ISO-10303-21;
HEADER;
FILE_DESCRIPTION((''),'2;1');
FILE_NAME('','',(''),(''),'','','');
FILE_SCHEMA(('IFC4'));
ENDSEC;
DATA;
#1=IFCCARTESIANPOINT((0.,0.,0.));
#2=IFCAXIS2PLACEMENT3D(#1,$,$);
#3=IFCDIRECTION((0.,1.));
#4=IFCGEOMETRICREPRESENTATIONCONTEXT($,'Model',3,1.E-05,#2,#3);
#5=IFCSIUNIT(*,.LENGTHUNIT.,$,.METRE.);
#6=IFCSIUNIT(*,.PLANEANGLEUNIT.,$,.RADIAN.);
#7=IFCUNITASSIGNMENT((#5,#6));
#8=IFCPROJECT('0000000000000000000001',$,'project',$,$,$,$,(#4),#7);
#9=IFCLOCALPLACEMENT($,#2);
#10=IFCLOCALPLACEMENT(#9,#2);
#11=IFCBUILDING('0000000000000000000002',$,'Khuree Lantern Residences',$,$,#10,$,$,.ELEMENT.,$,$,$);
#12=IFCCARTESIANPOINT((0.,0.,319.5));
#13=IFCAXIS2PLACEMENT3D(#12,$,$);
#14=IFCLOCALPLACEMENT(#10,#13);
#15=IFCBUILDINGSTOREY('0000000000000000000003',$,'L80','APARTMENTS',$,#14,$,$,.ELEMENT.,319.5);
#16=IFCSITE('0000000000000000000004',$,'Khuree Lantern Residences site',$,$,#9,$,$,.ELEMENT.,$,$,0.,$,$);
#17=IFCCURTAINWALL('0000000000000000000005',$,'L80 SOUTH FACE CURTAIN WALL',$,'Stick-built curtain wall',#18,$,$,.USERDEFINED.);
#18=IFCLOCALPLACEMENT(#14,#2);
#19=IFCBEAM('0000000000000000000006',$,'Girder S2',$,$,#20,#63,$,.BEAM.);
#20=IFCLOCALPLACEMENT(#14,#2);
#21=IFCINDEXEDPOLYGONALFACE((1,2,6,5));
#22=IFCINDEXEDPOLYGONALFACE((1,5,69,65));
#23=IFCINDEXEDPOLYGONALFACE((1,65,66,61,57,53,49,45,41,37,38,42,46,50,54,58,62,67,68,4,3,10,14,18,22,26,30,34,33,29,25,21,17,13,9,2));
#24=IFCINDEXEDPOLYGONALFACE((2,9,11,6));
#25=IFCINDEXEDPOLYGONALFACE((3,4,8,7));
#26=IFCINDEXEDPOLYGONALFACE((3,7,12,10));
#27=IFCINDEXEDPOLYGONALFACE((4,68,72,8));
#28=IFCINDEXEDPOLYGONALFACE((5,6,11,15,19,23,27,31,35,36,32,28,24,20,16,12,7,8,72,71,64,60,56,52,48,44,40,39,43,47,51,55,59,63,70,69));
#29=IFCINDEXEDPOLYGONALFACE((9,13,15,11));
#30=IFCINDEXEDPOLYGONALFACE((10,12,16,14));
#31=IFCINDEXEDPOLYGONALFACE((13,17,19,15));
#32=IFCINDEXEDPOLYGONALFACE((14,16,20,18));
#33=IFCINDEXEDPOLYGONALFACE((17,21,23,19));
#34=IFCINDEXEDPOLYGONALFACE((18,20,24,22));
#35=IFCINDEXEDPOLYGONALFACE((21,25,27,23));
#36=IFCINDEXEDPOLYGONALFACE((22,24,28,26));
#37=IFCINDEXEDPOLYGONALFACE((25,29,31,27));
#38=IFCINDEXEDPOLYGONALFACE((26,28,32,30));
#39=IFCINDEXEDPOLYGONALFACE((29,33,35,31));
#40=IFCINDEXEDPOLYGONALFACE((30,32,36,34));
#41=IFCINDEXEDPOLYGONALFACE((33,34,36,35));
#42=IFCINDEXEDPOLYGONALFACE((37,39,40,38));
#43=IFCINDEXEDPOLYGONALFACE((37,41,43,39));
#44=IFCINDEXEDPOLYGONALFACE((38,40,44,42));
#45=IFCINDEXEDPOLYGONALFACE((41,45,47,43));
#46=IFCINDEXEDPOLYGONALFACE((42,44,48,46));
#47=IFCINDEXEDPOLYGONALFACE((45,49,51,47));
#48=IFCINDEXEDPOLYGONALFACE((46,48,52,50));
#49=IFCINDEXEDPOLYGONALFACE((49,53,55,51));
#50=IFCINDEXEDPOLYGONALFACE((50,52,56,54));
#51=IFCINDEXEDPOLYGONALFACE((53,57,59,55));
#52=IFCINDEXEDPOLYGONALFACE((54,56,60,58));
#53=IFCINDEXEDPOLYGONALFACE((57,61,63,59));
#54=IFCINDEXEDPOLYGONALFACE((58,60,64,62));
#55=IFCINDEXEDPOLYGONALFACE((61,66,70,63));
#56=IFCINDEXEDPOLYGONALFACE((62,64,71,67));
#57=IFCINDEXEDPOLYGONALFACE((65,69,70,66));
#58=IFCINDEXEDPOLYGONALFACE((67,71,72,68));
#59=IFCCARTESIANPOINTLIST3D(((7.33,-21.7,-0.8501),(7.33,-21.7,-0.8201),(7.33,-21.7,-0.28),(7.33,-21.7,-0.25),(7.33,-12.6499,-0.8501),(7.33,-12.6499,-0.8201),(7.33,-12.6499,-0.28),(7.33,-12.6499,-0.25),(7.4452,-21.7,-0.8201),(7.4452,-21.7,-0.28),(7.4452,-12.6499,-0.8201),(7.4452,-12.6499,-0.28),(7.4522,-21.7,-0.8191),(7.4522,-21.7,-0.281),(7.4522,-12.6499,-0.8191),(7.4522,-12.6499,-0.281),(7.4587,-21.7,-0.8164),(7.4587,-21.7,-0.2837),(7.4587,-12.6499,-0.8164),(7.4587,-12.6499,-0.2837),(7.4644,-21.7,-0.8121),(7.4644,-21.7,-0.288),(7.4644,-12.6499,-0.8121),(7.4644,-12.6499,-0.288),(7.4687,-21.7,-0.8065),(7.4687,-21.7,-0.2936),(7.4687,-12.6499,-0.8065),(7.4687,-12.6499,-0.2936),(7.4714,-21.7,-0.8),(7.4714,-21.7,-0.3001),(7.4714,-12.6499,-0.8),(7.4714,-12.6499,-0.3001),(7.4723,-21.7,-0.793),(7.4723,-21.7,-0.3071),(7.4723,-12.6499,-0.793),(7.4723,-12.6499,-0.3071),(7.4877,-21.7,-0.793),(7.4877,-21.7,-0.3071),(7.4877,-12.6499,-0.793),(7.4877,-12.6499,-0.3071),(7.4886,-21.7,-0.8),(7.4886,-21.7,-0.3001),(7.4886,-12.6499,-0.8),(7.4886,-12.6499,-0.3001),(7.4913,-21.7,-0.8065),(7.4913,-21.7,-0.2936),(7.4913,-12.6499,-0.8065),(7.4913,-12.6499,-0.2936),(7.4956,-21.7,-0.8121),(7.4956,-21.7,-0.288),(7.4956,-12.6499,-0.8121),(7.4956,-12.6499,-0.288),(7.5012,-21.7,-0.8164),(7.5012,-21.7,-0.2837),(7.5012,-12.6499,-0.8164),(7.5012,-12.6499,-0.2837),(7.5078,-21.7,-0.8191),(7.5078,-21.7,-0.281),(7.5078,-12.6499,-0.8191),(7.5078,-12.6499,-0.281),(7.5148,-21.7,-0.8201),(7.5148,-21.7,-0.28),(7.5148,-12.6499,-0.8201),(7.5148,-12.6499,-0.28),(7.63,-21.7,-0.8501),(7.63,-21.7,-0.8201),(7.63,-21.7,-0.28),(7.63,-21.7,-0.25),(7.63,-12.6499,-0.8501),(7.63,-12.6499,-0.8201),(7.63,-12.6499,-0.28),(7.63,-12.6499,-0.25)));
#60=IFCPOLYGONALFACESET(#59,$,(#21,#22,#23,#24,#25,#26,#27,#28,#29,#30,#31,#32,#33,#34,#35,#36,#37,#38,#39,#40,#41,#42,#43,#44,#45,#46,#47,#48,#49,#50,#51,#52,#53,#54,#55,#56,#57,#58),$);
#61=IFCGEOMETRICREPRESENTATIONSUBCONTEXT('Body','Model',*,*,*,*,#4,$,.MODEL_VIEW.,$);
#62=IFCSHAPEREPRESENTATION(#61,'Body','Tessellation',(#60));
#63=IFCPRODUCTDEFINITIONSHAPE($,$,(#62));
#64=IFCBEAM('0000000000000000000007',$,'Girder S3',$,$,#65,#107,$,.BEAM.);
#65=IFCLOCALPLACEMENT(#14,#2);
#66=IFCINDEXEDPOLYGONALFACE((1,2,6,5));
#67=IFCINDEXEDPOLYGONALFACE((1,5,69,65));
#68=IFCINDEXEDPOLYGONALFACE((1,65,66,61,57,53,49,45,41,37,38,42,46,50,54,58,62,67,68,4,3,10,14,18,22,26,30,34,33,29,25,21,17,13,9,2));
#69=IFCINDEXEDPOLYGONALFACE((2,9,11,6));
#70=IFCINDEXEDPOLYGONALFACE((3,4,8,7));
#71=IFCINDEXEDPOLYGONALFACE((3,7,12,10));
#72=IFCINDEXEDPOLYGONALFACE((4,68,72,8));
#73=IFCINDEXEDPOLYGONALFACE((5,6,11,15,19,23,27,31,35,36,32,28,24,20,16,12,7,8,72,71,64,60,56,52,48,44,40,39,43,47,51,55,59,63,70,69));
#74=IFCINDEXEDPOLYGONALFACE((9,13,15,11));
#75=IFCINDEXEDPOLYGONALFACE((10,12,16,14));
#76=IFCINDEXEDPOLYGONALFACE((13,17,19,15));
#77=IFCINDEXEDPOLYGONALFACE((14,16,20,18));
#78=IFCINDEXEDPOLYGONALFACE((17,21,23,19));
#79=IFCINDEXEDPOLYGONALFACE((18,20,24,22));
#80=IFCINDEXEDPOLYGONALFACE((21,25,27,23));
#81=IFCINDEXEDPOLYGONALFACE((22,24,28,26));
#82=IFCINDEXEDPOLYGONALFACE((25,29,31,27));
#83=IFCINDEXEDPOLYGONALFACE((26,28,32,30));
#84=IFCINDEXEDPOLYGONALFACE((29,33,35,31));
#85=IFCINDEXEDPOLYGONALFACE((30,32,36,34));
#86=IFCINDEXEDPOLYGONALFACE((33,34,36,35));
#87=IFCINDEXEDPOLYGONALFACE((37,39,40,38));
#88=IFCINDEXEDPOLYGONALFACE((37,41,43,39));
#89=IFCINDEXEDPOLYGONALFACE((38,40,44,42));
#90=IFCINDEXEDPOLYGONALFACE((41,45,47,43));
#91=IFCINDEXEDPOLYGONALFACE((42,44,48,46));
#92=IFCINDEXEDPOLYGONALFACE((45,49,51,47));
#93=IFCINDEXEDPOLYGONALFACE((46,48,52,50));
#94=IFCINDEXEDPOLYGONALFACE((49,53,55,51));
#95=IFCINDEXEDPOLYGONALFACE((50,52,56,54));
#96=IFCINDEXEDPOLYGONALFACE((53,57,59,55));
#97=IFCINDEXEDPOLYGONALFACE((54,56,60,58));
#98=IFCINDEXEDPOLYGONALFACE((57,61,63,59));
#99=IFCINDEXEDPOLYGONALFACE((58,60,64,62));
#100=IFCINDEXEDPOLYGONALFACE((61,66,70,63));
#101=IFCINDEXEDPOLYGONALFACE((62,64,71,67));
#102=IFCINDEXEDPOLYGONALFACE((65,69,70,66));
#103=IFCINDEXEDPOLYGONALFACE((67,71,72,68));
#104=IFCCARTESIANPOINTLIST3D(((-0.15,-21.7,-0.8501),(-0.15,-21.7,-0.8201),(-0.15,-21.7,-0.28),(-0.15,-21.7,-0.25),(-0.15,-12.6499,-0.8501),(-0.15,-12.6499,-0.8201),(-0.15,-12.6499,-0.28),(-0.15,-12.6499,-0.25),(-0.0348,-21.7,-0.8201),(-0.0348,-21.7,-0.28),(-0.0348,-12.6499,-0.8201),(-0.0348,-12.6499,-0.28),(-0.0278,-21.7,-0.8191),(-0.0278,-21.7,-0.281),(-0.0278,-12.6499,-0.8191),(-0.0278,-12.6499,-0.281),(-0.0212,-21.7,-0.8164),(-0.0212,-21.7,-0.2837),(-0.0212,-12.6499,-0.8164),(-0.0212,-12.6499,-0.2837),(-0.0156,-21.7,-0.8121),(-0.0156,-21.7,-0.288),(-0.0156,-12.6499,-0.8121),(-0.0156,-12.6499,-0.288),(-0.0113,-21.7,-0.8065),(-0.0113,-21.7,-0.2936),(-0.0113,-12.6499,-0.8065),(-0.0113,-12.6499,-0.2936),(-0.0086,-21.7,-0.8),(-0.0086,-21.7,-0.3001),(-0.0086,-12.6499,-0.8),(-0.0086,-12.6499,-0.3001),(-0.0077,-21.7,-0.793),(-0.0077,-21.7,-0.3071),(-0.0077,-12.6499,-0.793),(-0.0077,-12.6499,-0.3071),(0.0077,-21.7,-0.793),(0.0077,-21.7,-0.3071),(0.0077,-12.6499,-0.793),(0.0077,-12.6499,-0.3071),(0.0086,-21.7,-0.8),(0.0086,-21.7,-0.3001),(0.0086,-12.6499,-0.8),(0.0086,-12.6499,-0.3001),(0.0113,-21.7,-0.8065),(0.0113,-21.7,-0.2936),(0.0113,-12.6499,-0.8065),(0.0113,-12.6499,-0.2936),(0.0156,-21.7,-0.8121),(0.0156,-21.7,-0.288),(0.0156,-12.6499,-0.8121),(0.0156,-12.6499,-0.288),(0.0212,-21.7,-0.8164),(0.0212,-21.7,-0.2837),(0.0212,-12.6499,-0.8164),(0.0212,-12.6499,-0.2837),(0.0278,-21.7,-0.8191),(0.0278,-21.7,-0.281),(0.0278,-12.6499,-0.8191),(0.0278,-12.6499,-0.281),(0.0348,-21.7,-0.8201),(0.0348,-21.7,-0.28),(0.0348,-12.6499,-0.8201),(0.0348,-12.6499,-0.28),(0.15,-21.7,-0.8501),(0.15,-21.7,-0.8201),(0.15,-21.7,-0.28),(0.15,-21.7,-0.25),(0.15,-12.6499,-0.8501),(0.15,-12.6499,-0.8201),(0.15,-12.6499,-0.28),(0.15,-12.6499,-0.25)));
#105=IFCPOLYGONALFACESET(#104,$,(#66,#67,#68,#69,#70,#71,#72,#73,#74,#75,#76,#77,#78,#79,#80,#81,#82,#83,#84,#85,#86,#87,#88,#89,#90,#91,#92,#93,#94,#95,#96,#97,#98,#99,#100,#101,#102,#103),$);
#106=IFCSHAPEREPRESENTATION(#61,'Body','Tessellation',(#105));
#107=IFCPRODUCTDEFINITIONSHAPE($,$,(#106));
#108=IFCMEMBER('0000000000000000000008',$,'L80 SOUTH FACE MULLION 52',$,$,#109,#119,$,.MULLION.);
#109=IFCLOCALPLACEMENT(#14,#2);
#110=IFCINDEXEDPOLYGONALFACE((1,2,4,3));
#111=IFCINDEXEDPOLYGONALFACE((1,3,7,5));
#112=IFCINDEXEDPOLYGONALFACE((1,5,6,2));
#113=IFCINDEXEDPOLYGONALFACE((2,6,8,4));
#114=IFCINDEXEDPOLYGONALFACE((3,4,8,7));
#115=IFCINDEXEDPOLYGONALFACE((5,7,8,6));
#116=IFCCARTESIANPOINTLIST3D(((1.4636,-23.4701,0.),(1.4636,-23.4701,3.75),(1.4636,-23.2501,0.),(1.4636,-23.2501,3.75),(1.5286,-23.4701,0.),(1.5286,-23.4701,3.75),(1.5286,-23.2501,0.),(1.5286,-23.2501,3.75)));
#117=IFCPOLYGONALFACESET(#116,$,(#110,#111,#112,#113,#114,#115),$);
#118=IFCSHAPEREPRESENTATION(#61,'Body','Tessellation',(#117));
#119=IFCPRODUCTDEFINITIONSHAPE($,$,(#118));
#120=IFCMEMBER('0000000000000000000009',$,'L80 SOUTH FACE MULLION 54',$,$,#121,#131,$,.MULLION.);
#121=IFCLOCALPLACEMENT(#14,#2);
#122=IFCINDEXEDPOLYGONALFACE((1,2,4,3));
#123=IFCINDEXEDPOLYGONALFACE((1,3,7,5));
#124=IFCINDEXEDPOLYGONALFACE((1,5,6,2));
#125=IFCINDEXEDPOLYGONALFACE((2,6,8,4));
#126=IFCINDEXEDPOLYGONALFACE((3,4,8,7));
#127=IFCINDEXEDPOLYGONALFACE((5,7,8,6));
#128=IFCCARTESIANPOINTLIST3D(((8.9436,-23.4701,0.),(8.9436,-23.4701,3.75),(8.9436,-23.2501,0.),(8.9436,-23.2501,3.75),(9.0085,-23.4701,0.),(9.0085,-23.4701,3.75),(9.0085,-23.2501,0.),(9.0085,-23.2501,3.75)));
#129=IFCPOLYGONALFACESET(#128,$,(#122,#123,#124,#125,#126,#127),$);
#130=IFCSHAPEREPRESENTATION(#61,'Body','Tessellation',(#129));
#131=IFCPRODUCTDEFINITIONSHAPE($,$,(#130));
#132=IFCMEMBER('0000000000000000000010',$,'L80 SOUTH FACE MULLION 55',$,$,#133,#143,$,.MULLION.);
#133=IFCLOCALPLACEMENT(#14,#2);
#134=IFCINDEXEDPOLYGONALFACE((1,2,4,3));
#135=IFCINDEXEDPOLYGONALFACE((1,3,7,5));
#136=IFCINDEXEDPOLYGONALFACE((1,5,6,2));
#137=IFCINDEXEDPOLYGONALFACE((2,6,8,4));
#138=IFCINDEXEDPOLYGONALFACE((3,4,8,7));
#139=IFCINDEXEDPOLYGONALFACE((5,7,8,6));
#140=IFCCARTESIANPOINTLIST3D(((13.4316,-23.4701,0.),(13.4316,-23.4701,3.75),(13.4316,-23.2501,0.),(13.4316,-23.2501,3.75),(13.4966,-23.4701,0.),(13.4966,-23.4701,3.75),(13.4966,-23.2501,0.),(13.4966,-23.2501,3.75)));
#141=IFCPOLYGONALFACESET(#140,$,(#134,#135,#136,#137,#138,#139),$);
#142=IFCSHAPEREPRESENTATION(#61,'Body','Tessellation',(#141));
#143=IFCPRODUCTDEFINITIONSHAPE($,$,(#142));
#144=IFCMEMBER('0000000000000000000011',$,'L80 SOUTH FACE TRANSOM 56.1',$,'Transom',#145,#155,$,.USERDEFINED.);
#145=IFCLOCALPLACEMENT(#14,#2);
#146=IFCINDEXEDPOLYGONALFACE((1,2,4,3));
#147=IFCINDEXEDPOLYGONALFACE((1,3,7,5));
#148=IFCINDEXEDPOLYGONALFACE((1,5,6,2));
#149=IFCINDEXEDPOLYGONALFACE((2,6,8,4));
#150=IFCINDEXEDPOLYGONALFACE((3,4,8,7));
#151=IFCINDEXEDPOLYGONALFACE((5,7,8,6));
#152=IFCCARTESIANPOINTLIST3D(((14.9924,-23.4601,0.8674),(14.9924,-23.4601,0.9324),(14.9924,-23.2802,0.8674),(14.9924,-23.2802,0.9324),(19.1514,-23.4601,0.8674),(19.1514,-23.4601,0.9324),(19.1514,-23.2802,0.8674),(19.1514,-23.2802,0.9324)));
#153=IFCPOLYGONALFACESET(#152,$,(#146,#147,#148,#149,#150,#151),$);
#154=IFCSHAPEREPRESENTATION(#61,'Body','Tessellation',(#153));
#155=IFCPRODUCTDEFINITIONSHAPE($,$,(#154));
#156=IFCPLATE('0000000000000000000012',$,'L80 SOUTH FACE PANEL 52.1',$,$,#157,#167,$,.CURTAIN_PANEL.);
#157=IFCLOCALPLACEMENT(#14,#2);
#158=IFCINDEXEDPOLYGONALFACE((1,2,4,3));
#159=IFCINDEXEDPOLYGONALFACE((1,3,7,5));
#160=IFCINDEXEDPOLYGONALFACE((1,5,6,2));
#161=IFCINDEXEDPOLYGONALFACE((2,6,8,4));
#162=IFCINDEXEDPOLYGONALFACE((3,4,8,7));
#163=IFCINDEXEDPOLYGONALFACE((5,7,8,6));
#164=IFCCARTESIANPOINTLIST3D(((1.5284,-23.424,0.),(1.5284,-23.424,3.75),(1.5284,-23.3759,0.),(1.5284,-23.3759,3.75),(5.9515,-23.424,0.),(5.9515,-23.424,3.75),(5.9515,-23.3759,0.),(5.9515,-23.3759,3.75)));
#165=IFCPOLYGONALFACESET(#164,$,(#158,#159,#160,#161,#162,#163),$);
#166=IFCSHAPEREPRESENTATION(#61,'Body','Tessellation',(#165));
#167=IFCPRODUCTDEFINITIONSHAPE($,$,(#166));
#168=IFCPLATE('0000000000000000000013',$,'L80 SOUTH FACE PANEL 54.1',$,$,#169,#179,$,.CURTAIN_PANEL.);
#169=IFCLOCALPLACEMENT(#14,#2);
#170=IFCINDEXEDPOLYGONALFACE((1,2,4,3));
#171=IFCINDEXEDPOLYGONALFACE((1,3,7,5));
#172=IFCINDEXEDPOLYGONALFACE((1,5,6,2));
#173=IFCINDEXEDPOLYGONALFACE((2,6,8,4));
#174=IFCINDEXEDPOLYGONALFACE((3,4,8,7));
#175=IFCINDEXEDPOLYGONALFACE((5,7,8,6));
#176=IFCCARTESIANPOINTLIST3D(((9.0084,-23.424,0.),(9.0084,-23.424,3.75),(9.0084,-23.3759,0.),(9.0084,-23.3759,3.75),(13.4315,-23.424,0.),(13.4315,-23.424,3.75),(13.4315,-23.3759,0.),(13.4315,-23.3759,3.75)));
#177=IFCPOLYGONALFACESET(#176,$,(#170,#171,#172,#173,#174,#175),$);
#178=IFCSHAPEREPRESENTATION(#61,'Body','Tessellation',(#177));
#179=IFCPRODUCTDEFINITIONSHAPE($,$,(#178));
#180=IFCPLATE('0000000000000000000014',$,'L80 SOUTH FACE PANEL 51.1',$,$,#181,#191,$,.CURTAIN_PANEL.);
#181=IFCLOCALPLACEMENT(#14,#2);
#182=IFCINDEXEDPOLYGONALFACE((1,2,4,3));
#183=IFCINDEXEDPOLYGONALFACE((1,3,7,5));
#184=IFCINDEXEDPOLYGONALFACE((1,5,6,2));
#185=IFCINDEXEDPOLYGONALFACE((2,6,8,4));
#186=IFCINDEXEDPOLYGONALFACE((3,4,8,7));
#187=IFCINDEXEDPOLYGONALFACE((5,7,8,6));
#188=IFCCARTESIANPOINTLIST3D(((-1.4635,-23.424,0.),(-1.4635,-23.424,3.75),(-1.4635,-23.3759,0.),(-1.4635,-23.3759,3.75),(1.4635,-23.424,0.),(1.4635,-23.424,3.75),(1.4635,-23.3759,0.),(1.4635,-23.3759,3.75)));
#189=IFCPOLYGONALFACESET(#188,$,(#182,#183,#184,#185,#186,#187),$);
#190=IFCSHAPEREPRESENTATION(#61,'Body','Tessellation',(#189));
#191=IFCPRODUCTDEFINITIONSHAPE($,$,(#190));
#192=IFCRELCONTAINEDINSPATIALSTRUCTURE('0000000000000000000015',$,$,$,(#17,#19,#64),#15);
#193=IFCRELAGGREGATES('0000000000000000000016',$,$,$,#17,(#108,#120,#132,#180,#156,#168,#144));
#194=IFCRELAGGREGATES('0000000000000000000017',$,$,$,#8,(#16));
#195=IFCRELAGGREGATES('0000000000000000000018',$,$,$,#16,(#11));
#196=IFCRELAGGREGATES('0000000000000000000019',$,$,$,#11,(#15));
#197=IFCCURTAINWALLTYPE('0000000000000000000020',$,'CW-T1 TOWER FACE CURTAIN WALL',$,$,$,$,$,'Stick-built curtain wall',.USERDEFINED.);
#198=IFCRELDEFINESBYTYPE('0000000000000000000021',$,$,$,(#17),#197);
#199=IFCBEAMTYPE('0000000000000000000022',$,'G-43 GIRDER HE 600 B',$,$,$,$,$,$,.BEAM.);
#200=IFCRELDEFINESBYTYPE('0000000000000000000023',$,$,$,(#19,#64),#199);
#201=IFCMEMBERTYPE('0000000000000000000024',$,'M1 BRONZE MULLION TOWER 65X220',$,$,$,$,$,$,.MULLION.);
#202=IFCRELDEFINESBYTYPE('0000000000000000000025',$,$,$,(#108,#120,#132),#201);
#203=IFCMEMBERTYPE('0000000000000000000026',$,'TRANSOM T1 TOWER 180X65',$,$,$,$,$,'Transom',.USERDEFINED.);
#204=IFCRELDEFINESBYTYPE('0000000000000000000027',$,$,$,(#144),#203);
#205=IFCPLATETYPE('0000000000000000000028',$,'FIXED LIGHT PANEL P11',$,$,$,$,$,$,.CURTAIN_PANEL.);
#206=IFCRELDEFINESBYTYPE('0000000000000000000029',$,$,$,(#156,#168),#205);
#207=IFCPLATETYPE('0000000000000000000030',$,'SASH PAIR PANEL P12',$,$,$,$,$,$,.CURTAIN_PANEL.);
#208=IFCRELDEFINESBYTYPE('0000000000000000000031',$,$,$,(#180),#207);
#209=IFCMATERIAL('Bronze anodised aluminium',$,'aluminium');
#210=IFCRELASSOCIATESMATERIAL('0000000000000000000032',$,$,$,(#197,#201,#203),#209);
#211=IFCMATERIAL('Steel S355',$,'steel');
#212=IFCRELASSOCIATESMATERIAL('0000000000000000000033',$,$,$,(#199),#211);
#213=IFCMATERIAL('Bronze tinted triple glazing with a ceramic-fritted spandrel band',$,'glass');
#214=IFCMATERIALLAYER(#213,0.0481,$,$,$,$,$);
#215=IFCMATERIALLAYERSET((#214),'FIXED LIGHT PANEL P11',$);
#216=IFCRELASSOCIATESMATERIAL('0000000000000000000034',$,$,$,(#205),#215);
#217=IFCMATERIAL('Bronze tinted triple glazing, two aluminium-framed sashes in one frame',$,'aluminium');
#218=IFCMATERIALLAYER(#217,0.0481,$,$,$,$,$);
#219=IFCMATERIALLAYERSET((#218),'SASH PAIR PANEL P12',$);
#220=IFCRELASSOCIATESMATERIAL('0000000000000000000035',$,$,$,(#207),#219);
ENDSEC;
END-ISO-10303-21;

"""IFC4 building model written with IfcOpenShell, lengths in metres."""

from ifc_helpers import new_model, si_unit, direction, frame, origin, origin_2d, place, context, subcontext, project, spatial, rectangle, i_section, extrude, material, layer, layer_set, material_profile, profile_set, type_object, element, aggregate, save


model = new_model("IFC4")

# Units and contexts
model_context = context("Model", 3, precision=1e-05, world=origin(), true_north=direction((0.0, 1.0)))
body_context = subcontext(model_context, "Body", "Model", "MODEL_VIEW")
ifc_project = project(units=[si_unit("LENGTHUNIT", "METRE"), si_unit("PLANEANGLEUNIT", "RADIAN")], contexts=[model_context])

# Site, building, storey
site_placement = place(None, origin())
site = spatial("IfcSite", under=ifc_project, at=site_placement, Name="Khuree Lantern Residences site", CompositionType="ELEMENT", RefElevation=0.0)
building_placement = place(site_placement, origin())
building = spatial("IfcBuilding", under=site, at=building_placement, Name="Khuree Lantern Residences", CompositionType="ELEMENT")
storey_placement = place(building_placement, frame((0.0, 0.0, 319.5)))
storey = spatial("IfcBuildingStorey", under=building, at=storey_placement, Name="L80", Description="APARTMENTS", CompositionType="ELEMENT", Elevation=319.5)

# Shared definitions
ifc_material_1 = material(Name="Steel S355", Category="steel")

# Curtain wall
ifc_material_2 = material(Name="Bronze anodised aluminium", Category="aluminium")
curtain_wall_type = type_object("IfcCurtainWallType", Name="CW-T1 TOWER FACE CURTAIN WALL", ElementType="Stick-built curtain wall", PredefinedType="USERDEFINED", material=ifc_material_2)
curtain_wall_placement = place(storey_placement, origin())
curtain_wall = element("IfcCurtainWall", 1, at=curtain_wall_placement, inside=storey, type_object=curtain_wall_type, Name="L80 SOUTH FACE CURTAIN WALL", ObjectType="Stick-built curtain wall", PredefinedType="USERDEFINED")

# Beams
ifc_material_profile_1 = material_profile(ifc_material_1, i_section(OverallWidth=0.3, OverallDepth=0.6001, WebThickness=0.0154, FlangeThickness=0.03, FilletRadius=0.0271, at=origin_2d()), Name="HE 600 B")
ifc_profile_set_1 = profile_set([ifc_material_profile_1], Name="Steel S355")
beam_type_1 = type_object("IfcBeamType", Name="G-43 GIRDER HE 600 B", PredefinedType="BEAM", material=ifc_profile_set_1)
for number, where, z_axis, x_axis, name in (
    (2, (7.48, -21.7, -0.55), (0.0, 1.0, 0.0), (-1.0, 0.0, 0.0), "Girder S2"),
    (3, (0.0, -21.7, -0.55), (0.0, 1.0, 0.0), (-1.0, 0.0, 0.0), "Girder S3"),
):
    element("IfcBeam", number, at=place(storey_placement, frame(where, z_axis=z_axis, x_axis=x_axis)), inside=storey, type_object=beam_type_1, Name=name, PredefinedType="BEAM", context=body_context, shape_type="SweptSolid", body=[
        extrude(i_section(OverallWidth=0.3, OverallDepth=0.6001, WebThickness=0.0154, FlangeThickness=0.03, FilletRadius=0.0271, at=origin_2d()), origin(), (0.0, 0.0, 1.0), 9.05),
    ])

# Members
ifc_material_profile_2 = material_profile(ifc_material_2, rectangle(XDim=0.0649, YDim=0.22, at=origin_2d()), Name="M1 65X220")
ifc_profile_set_2 = profile_set([ifc_material_profile_2], Name="Bronze anodised aluminium")
member_type_1 = type_object("IfcMemberType", Name="M1 BRONZE MULLION TOWER 65X220", PredefinedType="MULLION", material=ifc_profile_set_2)
member_1_placement = place(storey_placement, frame((1.4961, -23.3601, 0.0), z_axis=(0.0, 0.0, 1.0), x_axis=(1.0, 0.0, 0.0)))
member_1 = element("IfcMember", 4, at=member_1_placement, type_object=member_type_1, Name="L80 SOUTH FACE MULLION 52", PredefinedType="MULLION", context=body_context, shape_type="SweptSolid", body=[
    extrude(rectangle(XDim=0.0649, YDim=0.22, at=origin_2d()), origin(), (0.0, 0.0, 1.0), 3.75),
])
member_2_placement = place(storey_placement, frame((8.9761, -23.3601, 0.0), z_axis=(0.0, 0.0, 1.0), x_axis=(1.0, 0.0, 0.0)))
member_2 = element("IfcMember", 5, at=member_2_placement, type_object=member_type_1, Name="L80 SOUTH FACE MULLION 54", PredefinedType="MULLION", context=body_context, shape_type="SweptSolid", body=[
    extrude(rectangle(XDim=0.0649, YDim=0.22, at=origin_2d()), origin(), (0.0, 0.0, 1.0), 3.75),
])
member_3_placement = place(storey_placement, frame((13.4641, -23.3601, 0.0), z_axis=(0.0, 0.0, 1.0), x_axis=(1.0, 0.0, 0.0)))
member_3 = element("IfcMember", 6, at=member_3_placement, type_object=member_type_1, Name="L80 SOUTH FACE MULLION 55", PredefinedType="MULLION", context=body_context, shape_type="SweptSolid", body=[
    extrude(rectangle(XDim=0.0649, YDim=0.22, at=origin_2d()), origin(), (0.0, 0.0, 1.0), 3.75),
])
ifc_material_profile_3 = material_profile(ifc_material_2, rectangle(XDim=0.1799, YDim=0.0649, at=origin_2d()), Name="T1 180X65")
ifc_profile_set_3 = profile_set([ifc_material_profile_3], Name="Bronze anodised aluminium")
member_type_2 = type_object("IfcMemberType", Name="TRANSOM T1 TOWER 180X65", ElementType="Transom", PredefinedType="USERDEFINED", material=ifc_profile_set_3)
member_4_placement = place(storey_placement, frame((14.9924, -23.3701, 0.8999), z_axis=(1.0, 0.0, 0.0), x_axis=(0.0, 1.0, 0.0)))
member_4 = element("IfcMember", 7, at=member_4_placement, type_object=member_type_2, Name="L80 SOUTH FACE TRANSOM 56.1", ObjectType="Transom", PredefinedType="USERDEFINED", context=body_context, shape_type="SweptSolid", body=[
    extrude(rectangle(XDim=0.1799, YDim=0.0649, at=origin_2d()), origin(), (0.0, 0.0, 1.0), 4.1589),
])

# Plates
ifc_material_3 = material(Name="Bronze tinted triple glazing with a ceramic-fritted spandrel band", Category="glass")
ifc_layer_1 = layer(ifc_material_3, 0.0481)
ifc_layer_set_1 = layer_set([ifc_layer_1], Name="FIXED LIGHT PANEL P11")
plate_type_1 = type_object("IfcPlateType", Name="FIXED LIGHT PANEL P11", PredefinedType="CURTAIN_PANEL", material=ifc_layer_set_1)
plate_1_placement = place(storey_placement, frame((3.74, -23.3999, 0.0), z_axis=(0.0, 0.0, 1.0), x_axis=(1.0, 0.0, 0.0)))
plate_1 = element("IfcPlate", 8, at=plate_1_placement, type_object=plate_type_1, Name="L80 SOUTH FACE PANEL 52.1", PredefinedType="CURTAIN_PANEL", context=body_context, shape_type="SweptSolid", body=[
    extrude(rectangle(XDim=4.4231, YDim=0.0481, at=origin_2d()), origin(), (0.0, 0.0, 1.0), 3.75),
])
plate_2_placement = place(storey_placement, frame((11.22, -23.3999, 0.0), z_axis=(0.0, 0.0, 1.0), x_axis=(1.0, 0.0, 0.0)))
plate_2 = element("IfcPlate", 9, at=plate_2_placement, type_object=plate_type_1, Name="L80 SOUTH FACE PANEL 54.1", PredefinedType="CURTAIN_PANEL", context=body_context, shape_type="SweptSolid", body=[
    extrude(rectangle(XDim=4.4231, YDim=0.0481, at=origin_2d()), origin(), (0.0, 0.0, 1.0), 3.75),
])
ifc_material_4 = material(Name="Bronze tinted triple glazing, two aluminium-framed sashes in one frame", Category="aluminium")
ifc_layer_2 = layer(ifc_material_4, 0.0481)
ifc_layer_set_2 = layer_set([ifc_layer_2], Name="SASH PAIR PANEL P12")
plate_type_2 = type_object("IfcPlateType", Name="SASH PAIR PANEL P12", PredefinedType="CURTAIN_PANEL", material=ifc_layer_set_2)
plate_3_placement = place(storey_placement, frame((0.0, -23.3999, 0.0), z_axis=(0.0, 0.0, 1.0), x_axis=(1.0, 0.0, 0.0)))
plate_3 = element("IfcPlate", 10, at=plate_3_placement, type_object=plate_type_2, Name="L80 SOUTH FACE PANEL 51.1", PredefinedType="CURTAIN_PANEL", context=body_context, shape_type="SweptSolid", body=[
    extrude(rectangle(XDim=2.927, YDim=0.0481, at=origin_2d()), origin(), (0.0, 0.0, 1.0), 3.75),
])
aggregate(curtain_wall, [member_1, member_2, member_3, plate_3, plate_1, plate_2, member_4])

save(model, "model.ifc")
